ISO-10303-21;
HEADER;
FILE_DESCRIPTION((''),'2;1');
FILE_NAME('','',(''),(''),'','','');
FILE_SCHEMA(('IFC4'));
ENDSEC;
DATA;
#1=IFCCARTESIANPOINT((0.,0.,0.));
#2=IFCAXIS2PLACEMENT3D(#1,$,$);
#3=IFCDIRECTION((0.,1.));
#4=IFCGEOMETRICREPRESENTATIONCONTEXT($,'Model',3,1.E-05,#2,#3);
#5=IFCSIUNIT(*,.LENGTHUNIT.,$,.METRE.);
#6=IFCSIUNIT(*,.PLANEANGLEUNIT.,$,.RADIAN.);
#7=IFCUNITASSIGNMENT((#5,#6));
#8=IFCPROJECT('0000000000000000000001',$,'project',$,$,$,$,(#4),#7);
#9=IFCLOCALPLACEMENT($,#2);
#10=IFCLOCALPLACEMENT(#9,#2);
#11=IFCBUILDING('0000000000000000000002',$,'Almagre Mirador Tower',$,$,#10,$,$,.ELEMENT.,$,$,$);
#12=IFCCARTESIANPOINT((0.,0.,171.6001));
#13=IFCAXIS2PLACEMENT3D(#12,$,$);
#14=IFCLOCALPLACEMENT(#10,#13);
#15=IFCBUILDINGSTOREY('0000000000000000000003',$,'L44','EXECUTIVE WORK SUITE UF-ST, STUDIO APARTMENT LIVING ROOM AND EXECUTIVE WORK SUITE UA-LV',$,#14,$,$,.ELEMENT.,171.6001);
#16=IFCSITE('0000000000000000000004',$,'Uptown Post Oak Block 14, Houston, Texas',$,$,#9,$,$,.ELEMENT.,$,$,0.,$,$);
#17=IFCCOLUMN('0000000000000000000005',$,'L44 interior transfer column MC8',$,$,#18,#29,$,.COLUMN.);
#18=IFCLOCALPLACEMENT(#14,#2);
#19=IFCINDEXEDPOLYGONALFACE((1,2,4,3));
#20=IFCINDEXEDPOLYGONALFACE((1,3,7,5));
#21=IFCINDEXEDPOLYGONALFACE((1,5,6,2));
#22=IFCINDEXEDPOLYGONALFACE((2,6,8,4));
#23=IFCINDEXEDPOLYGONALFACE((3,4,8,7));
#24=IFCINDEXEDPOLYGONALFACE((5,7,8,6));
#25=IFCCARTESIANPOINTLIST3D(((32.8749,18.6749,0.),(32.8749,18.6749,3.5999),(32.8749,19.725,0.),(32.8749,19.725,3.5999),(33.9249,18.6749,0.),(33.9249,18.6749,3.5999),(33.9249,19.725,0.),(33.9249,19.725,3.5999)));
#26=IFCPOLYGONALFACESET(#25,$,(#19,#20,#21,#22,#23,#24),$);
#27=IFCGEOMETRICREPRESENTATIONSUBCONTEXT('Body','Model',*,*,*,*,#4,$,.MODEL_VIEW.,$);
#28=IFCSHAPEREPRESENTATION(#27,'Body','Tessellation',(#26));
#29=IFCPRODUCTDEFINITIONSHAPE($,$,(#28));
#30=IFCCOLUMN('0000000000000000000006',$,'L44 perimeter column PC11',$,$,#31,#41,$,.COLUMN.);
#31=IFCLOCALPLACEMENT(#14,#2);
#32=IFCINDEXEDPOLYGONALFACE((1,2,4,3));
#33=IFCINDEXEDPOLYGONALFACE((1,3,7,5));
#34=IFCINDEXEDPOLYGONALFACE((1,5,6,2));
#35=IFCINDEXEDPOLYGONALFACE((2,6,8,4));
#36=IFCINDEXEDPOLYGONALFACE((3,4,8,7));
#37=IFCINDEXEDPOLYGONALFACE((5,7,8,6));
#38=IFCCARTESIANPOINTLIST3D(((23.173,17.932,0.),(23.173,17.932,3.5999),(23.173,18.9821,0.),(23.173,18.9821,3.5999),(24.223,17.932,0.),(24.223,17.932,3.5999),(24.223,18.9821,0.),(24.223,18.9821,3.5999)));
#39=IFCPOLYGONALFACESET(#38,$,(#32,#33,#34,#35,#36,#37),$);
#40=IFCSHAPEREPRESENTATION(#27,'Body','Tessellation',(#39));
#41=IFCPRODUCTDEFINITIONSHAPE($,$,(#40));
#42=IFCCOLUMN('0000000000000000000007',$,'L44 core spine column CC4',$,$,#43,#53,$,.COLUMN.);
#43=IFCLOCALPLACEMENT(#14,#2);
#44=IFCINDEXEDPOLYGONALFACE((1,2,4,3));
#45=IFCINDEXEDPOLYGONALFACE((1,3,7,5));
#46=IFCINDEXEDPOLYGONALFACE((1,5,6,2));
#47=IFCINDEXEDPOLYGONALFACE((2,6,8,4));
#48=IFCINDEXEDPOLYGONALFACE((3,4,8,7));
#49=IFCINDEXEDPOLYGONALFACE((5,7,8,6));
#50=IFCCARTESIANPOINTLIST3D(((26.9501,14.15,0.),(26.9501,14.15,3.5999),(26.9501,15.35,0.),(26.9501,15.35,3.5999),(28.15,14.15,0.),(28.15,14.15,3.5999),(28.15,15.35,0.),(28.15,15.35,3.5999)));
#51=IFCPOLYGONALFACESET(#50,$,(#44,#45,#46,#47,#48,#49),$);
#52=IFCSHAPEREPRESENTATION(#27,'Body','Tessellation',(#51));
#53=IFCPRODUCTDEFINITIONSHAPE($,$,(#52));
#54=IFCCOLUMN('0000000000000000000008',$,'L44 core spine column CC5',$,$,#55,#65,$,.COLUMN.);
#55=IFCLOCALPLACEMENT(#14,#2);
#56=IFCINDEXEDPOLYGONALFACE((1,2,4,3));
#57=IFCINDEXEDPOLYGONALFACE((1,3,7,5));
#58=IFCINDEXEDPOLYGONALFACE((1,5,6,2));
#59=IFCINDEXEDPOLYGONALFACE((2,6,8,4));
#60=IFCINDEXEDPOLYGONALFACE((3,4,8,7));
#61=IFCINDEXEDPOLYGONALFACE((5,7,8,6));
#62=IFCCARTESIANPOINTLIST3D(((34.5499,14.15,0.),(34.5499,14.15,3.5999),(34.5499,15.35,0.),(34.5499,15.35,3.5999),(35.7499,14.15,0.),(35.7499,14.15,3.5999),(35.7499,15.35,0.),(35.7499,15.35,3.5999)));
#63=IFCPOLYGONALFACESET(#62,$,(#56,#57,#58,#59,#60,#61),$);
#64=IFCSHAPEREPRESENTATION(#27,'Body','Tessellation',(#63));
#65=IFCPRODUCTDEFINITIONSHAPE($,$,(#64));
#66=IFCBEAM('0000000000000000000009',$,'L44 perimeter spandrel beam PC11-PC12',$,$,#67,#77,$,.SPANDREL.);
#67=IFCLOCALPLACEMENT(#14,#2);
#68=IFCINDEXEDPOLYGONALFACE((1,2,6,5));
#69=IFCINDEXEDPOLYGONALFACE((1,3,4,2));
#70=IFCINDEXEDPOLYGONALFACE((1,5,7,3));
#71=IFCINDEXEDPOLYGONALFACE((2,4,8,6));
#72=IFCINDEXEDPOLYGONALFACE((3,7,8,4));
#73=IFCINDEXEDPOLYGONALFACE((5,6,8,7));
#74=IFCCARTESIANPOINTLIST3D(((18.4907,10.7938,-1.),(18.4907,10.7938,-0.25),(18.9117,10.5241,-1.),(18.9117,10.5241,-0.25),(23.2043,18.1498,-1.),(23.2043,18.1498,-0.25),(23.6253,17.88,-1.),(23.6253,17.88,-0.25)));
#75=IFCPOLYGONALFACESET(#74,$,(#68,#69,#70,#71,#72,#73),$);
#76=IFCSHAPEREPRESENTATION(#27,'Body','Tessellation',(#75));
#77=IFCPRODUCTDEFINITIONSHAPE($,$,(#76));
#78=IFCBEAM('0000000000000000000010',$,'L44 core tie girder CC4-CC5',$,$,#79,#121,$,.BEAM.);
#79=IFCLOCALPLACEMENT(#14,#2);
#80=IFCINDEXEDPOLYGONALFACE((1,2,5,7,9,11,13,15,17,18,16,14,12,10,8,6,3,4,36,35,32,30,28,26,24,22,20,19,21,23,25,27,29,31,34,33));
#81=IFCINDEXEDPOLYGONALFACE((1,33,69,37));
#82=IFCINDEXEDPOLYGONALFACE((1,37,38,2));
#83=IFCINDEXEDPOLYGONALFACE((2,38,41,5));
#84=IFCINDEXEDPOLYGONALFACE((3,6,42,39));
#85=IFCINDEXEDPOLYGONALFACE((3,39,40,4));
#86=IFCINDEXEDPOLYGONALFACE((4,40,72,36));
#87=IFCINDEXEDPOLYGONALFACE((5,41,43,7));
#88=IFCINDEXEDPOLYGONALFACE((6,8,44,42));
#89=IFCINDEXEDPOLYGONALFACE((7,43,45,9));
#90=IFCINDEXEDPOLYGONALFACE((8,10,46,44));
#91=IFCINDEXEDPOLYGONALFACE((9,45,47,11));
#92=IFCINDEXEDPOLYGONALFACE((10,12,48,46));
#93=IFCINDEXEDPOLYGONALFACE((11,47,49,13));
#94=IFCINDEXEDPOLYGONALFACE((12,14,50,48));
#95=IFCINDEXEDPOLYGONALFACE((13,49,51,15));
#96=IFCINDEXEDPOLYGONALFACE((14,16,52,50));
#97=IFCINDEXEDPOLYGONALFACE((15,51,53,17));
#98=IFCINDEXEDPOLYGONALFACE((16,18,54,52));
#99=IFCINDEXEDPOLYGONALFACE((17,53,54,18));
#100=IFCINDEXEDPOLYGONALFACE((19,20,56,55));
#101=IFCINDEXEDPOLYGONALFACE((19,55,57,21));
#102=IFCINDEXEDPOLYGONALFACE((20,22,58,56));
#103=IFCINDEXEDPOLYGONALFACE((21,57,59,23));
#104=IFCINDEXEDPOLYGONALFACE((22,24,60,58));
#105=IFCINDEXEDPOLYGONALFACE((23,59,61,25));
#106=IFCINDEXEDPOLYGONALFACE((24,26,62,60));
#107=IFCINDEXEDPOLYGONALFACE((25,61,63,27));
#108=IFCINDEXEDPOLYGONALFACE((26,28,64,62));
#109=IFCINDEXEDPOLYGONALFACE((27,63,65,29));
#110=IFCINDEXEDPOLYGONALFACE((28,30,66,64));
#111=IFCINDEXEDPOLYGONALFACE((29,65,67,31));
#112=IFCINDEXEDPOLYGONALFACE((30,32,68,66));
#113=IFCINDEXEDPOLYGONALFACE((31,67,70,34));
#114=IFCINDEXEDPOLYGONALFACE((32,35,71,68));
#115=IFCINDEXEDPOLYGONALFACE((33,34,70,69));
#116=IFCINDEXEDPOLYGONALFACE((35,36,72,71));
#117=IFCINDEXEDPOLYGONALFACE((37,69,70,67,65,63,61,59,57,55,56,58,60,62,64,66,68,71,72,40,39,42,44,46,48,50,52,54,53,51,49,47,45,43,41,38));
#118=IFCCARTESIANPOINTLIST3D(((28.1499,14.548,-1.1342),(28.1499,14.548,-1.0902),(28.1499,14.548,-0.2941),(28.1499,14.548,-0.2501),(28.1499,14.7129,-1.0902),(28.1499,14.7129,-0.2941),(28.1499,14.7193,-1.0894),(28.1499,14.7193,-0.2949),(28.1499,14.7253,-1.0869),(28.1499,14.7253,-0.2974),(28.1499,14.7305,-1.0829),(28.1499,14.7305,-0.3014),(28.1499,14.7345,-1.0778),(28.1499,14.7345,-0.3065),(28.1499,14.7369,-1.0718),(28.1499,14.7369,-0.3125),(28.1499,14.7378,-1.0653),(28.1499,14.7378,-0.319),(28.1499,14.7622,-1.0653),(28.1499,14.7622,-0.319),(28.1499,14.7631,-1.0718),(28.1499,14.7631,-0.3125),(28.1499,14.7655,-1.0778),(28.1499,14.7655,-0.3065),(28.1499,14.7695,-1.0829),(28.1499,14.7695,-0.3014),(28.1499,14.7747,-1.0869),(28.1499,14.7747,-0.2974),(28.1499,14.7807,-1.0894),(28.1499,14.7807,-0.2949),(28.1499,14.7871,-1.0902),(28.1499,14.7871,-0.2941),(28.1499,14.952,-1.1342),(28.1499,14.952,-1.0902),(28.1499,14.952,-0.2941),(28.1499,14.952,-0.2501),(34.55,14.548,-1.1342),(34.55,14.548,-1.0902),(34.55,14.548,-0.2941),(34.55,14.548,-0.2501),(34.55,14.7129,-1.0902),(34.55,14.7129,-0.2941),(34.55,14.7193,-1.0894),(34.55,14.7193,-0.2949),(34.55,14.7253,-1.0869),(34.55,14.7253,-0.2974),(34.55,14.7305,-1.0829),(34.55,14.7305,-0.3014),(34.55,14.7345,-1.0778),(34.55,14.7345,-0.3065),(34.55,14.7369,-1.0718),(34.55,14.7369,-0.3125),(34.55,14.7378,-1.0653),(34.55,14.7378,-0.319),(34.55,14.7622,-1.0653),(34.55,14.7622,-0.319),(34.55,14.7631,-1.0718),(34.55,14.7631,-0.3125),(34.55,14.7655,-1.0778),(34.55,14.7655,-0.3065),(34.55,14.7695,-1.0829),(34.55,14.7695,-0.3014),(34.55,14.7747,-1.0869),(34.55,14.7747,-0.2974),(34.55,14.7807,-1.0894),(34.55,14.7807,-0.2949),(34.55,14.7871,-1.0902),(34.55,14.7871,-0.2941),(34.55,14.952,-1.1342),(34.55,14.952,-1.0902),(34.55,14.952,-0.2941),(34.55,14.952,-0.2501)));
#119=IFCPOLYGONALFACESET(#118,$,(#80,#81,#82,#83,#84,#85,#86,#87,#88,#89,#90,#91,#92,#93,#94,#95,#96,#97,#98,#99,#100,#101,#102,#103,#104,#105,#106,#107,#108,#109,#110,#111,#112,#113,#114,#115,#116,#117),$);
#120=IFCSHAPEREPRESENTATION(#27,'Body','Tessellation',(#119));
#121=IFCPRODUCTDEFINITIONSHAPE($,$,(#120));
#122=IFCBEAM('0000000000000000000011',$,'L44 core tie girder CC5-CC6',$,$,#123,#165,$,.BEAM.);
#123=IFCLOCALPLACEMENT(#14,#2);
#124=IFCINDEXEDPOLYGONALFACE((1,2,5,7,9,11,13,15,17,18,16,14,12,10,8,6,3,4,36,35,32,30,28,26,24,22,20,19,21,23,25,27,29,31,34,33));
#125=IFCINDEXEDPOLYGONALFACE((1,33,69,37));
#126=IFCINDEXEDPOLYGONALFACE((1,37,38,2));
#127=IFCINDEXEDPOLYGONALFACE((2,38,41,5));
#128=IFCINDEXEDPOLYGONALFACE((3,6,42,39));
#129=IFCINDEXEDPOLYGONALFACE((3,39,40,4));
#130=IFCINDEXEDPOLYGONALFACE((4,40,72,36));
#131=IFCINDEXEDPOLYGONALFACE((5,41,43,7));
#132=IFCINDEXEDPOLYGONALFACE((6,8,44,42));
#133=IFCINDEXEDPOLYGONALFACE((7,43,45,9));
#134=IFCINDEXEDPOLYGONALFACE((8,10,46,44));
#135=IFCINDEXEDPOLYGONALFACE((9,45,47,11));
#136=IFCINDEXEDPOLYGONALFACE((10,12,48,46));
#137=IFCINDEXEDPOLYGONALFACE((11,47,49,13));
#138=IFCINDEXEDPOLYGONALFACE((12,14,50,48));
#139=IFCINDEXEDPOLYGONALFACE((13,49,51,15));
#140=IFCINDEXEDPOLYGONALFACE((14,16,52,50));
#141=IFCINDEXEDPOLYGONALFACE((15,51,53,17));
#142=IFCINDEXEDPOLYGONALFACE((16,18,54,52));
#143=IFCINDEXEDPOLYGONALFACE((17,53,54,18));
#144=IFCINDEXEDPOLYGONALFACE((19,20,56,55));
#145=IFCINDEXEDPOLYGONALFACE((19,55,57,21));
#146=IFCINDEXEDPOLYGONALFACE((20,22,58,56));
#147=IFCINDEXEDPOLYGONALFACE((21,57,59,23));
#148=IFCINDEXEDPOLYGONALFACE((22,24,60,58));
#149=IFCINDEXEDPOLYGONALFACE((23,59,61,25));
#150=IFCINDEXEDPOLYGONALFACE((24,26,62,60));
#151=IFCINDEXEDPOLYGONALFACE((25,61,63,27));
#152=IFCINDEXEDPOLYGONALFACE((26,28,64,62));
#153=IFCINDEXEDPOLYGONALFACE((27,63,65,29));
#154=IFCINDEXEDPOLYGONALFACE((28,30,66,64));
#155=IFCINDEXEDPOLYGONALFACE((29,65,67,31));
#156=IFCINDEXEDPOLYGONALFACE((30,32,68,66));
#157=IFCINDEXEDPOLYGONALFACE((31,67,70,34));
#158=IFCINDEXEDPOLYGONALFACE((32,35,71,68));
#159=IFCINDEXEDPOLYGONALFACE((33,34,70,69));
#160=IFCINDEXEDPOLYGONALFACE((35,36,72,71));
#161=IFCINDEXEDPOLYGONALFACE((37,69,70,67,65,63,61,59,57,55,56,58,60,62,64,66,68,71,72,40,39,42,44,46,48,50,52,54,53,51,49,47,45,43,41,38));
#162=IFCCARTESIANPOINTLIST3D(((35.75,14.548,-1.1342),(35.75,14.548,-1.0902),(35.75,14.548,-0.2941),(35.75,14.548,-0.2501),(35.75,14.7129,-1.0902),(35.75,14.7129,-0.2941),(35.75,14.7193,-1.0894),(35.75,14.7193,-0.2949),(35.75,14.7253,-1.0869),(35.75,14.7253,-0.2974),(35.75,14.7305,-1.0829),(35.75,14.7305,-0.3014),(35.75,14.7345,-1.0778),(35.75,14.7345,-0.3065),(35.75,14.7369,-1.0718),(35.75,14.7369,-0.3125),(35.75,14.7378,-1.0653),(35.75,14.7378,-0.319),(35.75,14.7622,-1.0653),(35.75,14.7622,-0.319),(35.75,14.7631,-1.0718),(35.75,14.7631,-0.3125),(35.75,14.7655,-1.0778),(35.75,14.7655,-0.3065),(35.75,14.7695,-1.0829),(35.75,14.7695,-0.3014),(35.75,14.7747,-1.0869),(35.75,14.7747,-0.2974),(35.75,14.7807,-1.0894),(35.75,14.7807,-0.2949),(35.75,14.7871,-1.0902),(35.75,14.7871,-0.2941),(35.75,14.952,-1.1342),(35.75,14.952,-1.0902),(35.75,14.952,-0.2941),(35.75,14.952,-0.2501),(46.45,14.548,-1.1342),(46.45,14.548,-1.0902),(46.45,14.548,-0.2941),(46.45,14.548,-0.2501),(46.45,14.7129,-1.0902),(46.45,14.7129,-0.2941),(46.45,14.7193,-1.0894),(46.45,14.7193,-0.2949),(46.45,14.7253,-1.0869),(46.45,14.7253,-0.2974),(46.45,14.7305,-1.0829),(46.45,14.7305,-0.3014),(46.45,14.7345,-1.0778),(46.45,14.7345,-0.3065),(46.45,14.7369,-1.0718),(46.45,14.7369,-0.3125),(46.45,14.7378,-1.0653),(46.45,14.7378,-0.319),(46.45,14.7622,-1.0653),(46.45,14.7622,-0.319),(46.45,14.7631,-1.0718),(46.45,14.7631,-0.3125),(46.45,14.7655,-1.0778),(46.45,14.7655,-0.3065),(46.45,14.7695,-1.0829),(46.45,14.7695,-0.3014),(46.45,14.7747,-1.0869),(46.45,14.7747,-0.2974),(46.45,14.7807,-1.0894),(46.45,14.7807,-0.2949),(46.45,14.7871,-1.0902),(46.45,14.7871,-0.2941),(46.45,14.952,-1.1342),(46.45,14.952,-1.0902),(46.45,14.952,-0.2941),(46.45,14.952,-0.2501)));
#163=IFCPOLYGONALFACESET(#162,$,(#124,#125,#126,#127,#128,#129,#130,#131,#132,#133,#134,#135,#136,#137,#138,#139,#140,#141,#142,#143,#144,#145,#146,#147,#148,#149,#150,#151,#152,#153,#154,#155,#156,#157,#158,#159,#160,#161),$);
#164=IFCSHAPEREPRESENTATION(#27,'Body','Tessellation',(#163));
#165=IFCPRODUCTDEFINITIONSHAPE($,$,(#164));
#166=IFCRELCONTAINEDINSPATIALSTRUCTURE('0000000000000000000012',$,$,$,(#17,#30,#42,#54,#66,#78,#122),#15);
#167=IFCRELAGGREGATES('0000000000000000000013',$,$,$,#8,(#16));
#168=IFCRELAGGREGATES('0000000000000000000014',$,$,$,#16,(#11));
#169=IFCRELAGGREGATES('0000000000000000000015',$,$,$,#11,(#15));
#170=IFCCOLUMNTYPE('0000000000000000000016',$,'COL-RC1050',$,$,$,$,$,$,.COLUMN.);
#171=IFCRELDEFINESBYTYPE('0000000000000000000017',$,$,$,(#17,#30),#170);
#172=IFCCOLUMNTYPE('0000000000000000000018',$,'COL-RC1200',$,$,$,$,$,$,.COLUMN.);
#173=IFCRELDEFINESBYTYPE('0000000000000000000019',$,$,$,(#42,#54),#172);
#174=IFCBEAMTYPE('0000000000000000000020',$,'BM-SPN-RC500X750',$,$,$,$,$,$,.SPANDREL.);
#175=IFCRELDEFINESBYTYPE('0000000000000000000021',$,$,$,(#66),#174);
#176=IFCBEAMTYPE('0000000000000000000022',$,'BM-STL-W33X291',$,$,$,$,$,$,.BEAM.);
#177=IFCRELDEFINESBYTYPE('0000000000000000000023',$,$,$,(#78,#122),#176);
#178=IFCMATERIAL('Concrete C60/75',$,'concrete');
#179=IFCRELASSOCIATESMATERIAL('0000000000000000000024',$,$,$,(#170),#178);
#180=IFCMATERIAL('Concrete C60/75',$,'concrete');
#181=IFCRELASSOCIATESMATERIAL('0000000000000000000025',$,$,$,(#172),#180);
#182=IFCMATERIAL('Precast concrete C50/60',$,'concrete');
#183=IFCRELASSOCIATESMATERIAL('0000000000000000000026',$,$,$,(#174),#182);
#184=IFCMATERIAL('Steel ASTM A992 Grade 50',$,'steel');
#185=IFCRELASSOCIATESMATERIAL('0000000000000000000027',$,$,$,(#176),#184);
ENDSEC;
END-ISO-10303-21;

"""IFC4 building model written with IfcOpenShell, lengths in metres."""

from ifc_helpers import new_model, si_unit, direction, frame, origin, origin_2d, place, context, subcontext, project, spatial, rectangle, i_section, extrude, material, material_profile, profile_set, type_object, element, save


model = new_model("IFC4")

# Units and contexts
model_context = context("Model", 3, precision=1e-05, world=origin(), true_north=direction((0.0, 1.0)))
body_context = subcontext(model_context, "Body", "Model", "MODEL_VIEW")
ifc_project = project(units=[si_unit("LENGTHUNIT", "METRE"), si_unit("PLANEANGLEUNIT", "RADIAN")], contexts=[model_context])

# Site, building, storey
site_placement = place(None, origin())
site = spatial("IfcSite", under=ifc_project, at=site_placement, Name="Uptown Post Oak Block 14, Houston, Texas", CompositionType="ELEMENT", RefElevation=0.0)
building_placement = place(site_placement, origin())
building = spatial("IfcBuilding", under=site, at=building_placement, Name="Almagre Mirador Tower", CompositionType="ELEMENT")
storey_placement = place(building_placement, frame((0.0, 0.0, 171.6001)))
storey = spatial("IfcBuildingStorey", under=building, at=storey_placement, Name="L44", Description="EXECUTIVE WORK SUITE UF-ST, STUDIO APARTMENT LIVING ROOM AND EXECUTIVE WORK SUITE UA-LV", CompositionType="ELEMENT", Elevation=171.6001)

# Columns
ifc_material_1 = material(Name="Concrete C60/75", Category="concrete")
ifc_material_profile_1 = material_profile(ifc_material_1, rectangle(XDim=1.05, YDim=1.05, at=origin_2d()), Name="RC1050X1050")
ifc_profile_set_1 = profile_set([ifc_material_profile_1], Name="Concrete C60/75")
column_type_1 = type_object("IfcColumnType", Name="COL-RC1050", PredefinedType="COLUMN", material=ifc_profile_set_1)
for number, where, z_axis, x_axis, name in (
    (1, (33.3999, 19.2, 0.0), (0.0, 0.0, 1.0), (1.0, 0.0, 0.0), "L44 interior transfer column MC8"),
    (2, (23.698, 18.457, 0.0), (0.0, 0.0, 1.0), (1.0, 0.0, 0.0), "L44 perimeter column PC11"),
):
    element("IfcColumn", number, at=place(storey_placement, frame(where, z_axis=z_axis, x_axis=x_axis)), inside=storey, type_object=column_type_1, Name=name, PredefinedType="COLUMN", context=body_context, shape_type="SweptSolid", body=[
        extrude(rectangle(XDim=1.05, YDim=1.05, at=origin_2d()), origin(), (0.0, 0.0, 1.0), 3.5999),
    ])
ifc_material_2 = material(Name="Concrete C60/75", Category="concrete")
ifc_material_profile_2 = material_profile(ifc_material_2, rectangle(XDim=1.2, YDim=1.2, at=origin_2d()), Name="RC1200X1200")
ifc_profile_set_2 = profile_set([ifc_material_profile_2], Name="Concrete C60/75")
column_type_2 = type_object("IfcColumnType", Name="COL-RC1200", PredefinedType="COLUMN", material=ifc_profile_set_2)
for number, where, z_axis, x_axis, name in (
    (3, (27.55, 14.75, 0.0), (0.0, 0.0, 1.0), (1.0, 0.0, 0.0), "L44 core spine column CC4"),
    (4, (35.1499, 14.75, 0.0), (0.0, 0.0, 1.0), (1.0, 0.0, 0.0), "L44 core spine column CC5"),
):
    element("IfcColumn", number, at=place(storey_placement, frame(where, z_axis=z_axis, x_axis=x_axis)), inside=storey, type_object=column_type_2, Name=name, PredefinedType="COLUMN", context=body_context, shape_type="SweptSolid", body=[
        extrude(rectangle(XDim=1.2, YDim=1.2, at=origin_2d()), origin(), (0.0, 0.0, 1.0), 3.5999),
    ])

# Beams
ifc_material_3 = material(Name="Precast concrete C50/60", Category="concrete")
ifc_material_profile_3 = material_profile(ifc_material_3, rectangle(XDim=0.5, YDim=0.75, at=origin_2d()), Name="RC500X750")
ifc_profile_set_3 = profile_set([ifc_material_profile_3], Name="Precast concrete C50/60")
beam_type_1 = type_object("IfcBeamType", Name="BM-SPN-RC500X750", PredefinedType="SPANDREL", material=ifc_profile_set_3)
beam_1_placement = place(storey_placement, frame((23.4148, 18.0149, -0.625), z_axis=(-0.539525, -0.841969, 0.0), x_axis=(0.841969, -0.539525, 0.0)))
element("IfcBeam", 5, at=beam_1_placement, inside=storey, type_object=beam_type_1, Name="L44 perimeter spandrel beam PC11-PC12", PredefinedType="SPANDREL", context=body_context, shape_type="SweptSolid", body=[
    extrude(rectangle(XDim=0.5, YDim=0.75, at=origin_2d()), origin(), (0.0, 0.0, 1.0), 8.7366),
])
ifc_material_4 = material(Name="Steel ASTM A992 Grade 50", Category="steel")
ifc_material_profile_4 = material_profile(ifc_material_4, i_section(OverallWidth=0.4041, OverallDepth=0.884, WebThickness=0.0244, FlangeThickness=0.0439, FilletRadius=0.0249, at=origin_2d()), Name="W33X291")
ifc_profile_set_4 = profile_set([ifc_material_profile_4], Name="Steel ASTM A992 Grade 50")
beam_type_2 = type_object("IfcBeamType", Name="BM-STL-W33X291", PredefinedType="BEAM", material=ifc_profile_set_4)
beam_2_placement = place(storey_placement, frame((28.1499, 14.75, -0.6921), z_axis=(1.0, 0.0, 0.0), x_axis=(0.0, 1.0, 0.0)))
element("IfcBeam", 6, at=beam_2_placement, inside=storey, type_object=beam_type_2, Name="L44 core tie girder CC4-CC5", PredefinedType="BEAM", context=body_context, shape_type="SweptSolid", body=[
    extrude(i_section(OverallWidth=0.4041, OverallDepth=0.884, WebThickness=0.0244, FlangeThickness=0.0439, FilletRadius=0.0249, at=origin_2d()), origin(), (0.0, 0.0, 1.0), 6.4001),
])
beam_3_placement = place(storey_placement, frame((35.75, 14.75, -0.6921), z_axis=(1.0, 0.0, 0.0), x_axis=(0.0, 1.0, 0.0)))
element("IfcBeam", 7, at=beam_3_placement, inside=storey, type_object=beam_type_2, Name="L44 core tie girder CC5-CC6", PredefinedType="BEAM", context=body_context, shape_type="SweptSolid", body=[
    extrude(i_section(OverallWidth=0.4041, OverallDepth=0.884, WebThickness=0.0244, FlangeThickness=0.0439, FilletRadius=0.0249, at=origin_2d()), origin(), (0.0, 0.0, 1.0), 10.7),
])

save(model, "model.ifc")
